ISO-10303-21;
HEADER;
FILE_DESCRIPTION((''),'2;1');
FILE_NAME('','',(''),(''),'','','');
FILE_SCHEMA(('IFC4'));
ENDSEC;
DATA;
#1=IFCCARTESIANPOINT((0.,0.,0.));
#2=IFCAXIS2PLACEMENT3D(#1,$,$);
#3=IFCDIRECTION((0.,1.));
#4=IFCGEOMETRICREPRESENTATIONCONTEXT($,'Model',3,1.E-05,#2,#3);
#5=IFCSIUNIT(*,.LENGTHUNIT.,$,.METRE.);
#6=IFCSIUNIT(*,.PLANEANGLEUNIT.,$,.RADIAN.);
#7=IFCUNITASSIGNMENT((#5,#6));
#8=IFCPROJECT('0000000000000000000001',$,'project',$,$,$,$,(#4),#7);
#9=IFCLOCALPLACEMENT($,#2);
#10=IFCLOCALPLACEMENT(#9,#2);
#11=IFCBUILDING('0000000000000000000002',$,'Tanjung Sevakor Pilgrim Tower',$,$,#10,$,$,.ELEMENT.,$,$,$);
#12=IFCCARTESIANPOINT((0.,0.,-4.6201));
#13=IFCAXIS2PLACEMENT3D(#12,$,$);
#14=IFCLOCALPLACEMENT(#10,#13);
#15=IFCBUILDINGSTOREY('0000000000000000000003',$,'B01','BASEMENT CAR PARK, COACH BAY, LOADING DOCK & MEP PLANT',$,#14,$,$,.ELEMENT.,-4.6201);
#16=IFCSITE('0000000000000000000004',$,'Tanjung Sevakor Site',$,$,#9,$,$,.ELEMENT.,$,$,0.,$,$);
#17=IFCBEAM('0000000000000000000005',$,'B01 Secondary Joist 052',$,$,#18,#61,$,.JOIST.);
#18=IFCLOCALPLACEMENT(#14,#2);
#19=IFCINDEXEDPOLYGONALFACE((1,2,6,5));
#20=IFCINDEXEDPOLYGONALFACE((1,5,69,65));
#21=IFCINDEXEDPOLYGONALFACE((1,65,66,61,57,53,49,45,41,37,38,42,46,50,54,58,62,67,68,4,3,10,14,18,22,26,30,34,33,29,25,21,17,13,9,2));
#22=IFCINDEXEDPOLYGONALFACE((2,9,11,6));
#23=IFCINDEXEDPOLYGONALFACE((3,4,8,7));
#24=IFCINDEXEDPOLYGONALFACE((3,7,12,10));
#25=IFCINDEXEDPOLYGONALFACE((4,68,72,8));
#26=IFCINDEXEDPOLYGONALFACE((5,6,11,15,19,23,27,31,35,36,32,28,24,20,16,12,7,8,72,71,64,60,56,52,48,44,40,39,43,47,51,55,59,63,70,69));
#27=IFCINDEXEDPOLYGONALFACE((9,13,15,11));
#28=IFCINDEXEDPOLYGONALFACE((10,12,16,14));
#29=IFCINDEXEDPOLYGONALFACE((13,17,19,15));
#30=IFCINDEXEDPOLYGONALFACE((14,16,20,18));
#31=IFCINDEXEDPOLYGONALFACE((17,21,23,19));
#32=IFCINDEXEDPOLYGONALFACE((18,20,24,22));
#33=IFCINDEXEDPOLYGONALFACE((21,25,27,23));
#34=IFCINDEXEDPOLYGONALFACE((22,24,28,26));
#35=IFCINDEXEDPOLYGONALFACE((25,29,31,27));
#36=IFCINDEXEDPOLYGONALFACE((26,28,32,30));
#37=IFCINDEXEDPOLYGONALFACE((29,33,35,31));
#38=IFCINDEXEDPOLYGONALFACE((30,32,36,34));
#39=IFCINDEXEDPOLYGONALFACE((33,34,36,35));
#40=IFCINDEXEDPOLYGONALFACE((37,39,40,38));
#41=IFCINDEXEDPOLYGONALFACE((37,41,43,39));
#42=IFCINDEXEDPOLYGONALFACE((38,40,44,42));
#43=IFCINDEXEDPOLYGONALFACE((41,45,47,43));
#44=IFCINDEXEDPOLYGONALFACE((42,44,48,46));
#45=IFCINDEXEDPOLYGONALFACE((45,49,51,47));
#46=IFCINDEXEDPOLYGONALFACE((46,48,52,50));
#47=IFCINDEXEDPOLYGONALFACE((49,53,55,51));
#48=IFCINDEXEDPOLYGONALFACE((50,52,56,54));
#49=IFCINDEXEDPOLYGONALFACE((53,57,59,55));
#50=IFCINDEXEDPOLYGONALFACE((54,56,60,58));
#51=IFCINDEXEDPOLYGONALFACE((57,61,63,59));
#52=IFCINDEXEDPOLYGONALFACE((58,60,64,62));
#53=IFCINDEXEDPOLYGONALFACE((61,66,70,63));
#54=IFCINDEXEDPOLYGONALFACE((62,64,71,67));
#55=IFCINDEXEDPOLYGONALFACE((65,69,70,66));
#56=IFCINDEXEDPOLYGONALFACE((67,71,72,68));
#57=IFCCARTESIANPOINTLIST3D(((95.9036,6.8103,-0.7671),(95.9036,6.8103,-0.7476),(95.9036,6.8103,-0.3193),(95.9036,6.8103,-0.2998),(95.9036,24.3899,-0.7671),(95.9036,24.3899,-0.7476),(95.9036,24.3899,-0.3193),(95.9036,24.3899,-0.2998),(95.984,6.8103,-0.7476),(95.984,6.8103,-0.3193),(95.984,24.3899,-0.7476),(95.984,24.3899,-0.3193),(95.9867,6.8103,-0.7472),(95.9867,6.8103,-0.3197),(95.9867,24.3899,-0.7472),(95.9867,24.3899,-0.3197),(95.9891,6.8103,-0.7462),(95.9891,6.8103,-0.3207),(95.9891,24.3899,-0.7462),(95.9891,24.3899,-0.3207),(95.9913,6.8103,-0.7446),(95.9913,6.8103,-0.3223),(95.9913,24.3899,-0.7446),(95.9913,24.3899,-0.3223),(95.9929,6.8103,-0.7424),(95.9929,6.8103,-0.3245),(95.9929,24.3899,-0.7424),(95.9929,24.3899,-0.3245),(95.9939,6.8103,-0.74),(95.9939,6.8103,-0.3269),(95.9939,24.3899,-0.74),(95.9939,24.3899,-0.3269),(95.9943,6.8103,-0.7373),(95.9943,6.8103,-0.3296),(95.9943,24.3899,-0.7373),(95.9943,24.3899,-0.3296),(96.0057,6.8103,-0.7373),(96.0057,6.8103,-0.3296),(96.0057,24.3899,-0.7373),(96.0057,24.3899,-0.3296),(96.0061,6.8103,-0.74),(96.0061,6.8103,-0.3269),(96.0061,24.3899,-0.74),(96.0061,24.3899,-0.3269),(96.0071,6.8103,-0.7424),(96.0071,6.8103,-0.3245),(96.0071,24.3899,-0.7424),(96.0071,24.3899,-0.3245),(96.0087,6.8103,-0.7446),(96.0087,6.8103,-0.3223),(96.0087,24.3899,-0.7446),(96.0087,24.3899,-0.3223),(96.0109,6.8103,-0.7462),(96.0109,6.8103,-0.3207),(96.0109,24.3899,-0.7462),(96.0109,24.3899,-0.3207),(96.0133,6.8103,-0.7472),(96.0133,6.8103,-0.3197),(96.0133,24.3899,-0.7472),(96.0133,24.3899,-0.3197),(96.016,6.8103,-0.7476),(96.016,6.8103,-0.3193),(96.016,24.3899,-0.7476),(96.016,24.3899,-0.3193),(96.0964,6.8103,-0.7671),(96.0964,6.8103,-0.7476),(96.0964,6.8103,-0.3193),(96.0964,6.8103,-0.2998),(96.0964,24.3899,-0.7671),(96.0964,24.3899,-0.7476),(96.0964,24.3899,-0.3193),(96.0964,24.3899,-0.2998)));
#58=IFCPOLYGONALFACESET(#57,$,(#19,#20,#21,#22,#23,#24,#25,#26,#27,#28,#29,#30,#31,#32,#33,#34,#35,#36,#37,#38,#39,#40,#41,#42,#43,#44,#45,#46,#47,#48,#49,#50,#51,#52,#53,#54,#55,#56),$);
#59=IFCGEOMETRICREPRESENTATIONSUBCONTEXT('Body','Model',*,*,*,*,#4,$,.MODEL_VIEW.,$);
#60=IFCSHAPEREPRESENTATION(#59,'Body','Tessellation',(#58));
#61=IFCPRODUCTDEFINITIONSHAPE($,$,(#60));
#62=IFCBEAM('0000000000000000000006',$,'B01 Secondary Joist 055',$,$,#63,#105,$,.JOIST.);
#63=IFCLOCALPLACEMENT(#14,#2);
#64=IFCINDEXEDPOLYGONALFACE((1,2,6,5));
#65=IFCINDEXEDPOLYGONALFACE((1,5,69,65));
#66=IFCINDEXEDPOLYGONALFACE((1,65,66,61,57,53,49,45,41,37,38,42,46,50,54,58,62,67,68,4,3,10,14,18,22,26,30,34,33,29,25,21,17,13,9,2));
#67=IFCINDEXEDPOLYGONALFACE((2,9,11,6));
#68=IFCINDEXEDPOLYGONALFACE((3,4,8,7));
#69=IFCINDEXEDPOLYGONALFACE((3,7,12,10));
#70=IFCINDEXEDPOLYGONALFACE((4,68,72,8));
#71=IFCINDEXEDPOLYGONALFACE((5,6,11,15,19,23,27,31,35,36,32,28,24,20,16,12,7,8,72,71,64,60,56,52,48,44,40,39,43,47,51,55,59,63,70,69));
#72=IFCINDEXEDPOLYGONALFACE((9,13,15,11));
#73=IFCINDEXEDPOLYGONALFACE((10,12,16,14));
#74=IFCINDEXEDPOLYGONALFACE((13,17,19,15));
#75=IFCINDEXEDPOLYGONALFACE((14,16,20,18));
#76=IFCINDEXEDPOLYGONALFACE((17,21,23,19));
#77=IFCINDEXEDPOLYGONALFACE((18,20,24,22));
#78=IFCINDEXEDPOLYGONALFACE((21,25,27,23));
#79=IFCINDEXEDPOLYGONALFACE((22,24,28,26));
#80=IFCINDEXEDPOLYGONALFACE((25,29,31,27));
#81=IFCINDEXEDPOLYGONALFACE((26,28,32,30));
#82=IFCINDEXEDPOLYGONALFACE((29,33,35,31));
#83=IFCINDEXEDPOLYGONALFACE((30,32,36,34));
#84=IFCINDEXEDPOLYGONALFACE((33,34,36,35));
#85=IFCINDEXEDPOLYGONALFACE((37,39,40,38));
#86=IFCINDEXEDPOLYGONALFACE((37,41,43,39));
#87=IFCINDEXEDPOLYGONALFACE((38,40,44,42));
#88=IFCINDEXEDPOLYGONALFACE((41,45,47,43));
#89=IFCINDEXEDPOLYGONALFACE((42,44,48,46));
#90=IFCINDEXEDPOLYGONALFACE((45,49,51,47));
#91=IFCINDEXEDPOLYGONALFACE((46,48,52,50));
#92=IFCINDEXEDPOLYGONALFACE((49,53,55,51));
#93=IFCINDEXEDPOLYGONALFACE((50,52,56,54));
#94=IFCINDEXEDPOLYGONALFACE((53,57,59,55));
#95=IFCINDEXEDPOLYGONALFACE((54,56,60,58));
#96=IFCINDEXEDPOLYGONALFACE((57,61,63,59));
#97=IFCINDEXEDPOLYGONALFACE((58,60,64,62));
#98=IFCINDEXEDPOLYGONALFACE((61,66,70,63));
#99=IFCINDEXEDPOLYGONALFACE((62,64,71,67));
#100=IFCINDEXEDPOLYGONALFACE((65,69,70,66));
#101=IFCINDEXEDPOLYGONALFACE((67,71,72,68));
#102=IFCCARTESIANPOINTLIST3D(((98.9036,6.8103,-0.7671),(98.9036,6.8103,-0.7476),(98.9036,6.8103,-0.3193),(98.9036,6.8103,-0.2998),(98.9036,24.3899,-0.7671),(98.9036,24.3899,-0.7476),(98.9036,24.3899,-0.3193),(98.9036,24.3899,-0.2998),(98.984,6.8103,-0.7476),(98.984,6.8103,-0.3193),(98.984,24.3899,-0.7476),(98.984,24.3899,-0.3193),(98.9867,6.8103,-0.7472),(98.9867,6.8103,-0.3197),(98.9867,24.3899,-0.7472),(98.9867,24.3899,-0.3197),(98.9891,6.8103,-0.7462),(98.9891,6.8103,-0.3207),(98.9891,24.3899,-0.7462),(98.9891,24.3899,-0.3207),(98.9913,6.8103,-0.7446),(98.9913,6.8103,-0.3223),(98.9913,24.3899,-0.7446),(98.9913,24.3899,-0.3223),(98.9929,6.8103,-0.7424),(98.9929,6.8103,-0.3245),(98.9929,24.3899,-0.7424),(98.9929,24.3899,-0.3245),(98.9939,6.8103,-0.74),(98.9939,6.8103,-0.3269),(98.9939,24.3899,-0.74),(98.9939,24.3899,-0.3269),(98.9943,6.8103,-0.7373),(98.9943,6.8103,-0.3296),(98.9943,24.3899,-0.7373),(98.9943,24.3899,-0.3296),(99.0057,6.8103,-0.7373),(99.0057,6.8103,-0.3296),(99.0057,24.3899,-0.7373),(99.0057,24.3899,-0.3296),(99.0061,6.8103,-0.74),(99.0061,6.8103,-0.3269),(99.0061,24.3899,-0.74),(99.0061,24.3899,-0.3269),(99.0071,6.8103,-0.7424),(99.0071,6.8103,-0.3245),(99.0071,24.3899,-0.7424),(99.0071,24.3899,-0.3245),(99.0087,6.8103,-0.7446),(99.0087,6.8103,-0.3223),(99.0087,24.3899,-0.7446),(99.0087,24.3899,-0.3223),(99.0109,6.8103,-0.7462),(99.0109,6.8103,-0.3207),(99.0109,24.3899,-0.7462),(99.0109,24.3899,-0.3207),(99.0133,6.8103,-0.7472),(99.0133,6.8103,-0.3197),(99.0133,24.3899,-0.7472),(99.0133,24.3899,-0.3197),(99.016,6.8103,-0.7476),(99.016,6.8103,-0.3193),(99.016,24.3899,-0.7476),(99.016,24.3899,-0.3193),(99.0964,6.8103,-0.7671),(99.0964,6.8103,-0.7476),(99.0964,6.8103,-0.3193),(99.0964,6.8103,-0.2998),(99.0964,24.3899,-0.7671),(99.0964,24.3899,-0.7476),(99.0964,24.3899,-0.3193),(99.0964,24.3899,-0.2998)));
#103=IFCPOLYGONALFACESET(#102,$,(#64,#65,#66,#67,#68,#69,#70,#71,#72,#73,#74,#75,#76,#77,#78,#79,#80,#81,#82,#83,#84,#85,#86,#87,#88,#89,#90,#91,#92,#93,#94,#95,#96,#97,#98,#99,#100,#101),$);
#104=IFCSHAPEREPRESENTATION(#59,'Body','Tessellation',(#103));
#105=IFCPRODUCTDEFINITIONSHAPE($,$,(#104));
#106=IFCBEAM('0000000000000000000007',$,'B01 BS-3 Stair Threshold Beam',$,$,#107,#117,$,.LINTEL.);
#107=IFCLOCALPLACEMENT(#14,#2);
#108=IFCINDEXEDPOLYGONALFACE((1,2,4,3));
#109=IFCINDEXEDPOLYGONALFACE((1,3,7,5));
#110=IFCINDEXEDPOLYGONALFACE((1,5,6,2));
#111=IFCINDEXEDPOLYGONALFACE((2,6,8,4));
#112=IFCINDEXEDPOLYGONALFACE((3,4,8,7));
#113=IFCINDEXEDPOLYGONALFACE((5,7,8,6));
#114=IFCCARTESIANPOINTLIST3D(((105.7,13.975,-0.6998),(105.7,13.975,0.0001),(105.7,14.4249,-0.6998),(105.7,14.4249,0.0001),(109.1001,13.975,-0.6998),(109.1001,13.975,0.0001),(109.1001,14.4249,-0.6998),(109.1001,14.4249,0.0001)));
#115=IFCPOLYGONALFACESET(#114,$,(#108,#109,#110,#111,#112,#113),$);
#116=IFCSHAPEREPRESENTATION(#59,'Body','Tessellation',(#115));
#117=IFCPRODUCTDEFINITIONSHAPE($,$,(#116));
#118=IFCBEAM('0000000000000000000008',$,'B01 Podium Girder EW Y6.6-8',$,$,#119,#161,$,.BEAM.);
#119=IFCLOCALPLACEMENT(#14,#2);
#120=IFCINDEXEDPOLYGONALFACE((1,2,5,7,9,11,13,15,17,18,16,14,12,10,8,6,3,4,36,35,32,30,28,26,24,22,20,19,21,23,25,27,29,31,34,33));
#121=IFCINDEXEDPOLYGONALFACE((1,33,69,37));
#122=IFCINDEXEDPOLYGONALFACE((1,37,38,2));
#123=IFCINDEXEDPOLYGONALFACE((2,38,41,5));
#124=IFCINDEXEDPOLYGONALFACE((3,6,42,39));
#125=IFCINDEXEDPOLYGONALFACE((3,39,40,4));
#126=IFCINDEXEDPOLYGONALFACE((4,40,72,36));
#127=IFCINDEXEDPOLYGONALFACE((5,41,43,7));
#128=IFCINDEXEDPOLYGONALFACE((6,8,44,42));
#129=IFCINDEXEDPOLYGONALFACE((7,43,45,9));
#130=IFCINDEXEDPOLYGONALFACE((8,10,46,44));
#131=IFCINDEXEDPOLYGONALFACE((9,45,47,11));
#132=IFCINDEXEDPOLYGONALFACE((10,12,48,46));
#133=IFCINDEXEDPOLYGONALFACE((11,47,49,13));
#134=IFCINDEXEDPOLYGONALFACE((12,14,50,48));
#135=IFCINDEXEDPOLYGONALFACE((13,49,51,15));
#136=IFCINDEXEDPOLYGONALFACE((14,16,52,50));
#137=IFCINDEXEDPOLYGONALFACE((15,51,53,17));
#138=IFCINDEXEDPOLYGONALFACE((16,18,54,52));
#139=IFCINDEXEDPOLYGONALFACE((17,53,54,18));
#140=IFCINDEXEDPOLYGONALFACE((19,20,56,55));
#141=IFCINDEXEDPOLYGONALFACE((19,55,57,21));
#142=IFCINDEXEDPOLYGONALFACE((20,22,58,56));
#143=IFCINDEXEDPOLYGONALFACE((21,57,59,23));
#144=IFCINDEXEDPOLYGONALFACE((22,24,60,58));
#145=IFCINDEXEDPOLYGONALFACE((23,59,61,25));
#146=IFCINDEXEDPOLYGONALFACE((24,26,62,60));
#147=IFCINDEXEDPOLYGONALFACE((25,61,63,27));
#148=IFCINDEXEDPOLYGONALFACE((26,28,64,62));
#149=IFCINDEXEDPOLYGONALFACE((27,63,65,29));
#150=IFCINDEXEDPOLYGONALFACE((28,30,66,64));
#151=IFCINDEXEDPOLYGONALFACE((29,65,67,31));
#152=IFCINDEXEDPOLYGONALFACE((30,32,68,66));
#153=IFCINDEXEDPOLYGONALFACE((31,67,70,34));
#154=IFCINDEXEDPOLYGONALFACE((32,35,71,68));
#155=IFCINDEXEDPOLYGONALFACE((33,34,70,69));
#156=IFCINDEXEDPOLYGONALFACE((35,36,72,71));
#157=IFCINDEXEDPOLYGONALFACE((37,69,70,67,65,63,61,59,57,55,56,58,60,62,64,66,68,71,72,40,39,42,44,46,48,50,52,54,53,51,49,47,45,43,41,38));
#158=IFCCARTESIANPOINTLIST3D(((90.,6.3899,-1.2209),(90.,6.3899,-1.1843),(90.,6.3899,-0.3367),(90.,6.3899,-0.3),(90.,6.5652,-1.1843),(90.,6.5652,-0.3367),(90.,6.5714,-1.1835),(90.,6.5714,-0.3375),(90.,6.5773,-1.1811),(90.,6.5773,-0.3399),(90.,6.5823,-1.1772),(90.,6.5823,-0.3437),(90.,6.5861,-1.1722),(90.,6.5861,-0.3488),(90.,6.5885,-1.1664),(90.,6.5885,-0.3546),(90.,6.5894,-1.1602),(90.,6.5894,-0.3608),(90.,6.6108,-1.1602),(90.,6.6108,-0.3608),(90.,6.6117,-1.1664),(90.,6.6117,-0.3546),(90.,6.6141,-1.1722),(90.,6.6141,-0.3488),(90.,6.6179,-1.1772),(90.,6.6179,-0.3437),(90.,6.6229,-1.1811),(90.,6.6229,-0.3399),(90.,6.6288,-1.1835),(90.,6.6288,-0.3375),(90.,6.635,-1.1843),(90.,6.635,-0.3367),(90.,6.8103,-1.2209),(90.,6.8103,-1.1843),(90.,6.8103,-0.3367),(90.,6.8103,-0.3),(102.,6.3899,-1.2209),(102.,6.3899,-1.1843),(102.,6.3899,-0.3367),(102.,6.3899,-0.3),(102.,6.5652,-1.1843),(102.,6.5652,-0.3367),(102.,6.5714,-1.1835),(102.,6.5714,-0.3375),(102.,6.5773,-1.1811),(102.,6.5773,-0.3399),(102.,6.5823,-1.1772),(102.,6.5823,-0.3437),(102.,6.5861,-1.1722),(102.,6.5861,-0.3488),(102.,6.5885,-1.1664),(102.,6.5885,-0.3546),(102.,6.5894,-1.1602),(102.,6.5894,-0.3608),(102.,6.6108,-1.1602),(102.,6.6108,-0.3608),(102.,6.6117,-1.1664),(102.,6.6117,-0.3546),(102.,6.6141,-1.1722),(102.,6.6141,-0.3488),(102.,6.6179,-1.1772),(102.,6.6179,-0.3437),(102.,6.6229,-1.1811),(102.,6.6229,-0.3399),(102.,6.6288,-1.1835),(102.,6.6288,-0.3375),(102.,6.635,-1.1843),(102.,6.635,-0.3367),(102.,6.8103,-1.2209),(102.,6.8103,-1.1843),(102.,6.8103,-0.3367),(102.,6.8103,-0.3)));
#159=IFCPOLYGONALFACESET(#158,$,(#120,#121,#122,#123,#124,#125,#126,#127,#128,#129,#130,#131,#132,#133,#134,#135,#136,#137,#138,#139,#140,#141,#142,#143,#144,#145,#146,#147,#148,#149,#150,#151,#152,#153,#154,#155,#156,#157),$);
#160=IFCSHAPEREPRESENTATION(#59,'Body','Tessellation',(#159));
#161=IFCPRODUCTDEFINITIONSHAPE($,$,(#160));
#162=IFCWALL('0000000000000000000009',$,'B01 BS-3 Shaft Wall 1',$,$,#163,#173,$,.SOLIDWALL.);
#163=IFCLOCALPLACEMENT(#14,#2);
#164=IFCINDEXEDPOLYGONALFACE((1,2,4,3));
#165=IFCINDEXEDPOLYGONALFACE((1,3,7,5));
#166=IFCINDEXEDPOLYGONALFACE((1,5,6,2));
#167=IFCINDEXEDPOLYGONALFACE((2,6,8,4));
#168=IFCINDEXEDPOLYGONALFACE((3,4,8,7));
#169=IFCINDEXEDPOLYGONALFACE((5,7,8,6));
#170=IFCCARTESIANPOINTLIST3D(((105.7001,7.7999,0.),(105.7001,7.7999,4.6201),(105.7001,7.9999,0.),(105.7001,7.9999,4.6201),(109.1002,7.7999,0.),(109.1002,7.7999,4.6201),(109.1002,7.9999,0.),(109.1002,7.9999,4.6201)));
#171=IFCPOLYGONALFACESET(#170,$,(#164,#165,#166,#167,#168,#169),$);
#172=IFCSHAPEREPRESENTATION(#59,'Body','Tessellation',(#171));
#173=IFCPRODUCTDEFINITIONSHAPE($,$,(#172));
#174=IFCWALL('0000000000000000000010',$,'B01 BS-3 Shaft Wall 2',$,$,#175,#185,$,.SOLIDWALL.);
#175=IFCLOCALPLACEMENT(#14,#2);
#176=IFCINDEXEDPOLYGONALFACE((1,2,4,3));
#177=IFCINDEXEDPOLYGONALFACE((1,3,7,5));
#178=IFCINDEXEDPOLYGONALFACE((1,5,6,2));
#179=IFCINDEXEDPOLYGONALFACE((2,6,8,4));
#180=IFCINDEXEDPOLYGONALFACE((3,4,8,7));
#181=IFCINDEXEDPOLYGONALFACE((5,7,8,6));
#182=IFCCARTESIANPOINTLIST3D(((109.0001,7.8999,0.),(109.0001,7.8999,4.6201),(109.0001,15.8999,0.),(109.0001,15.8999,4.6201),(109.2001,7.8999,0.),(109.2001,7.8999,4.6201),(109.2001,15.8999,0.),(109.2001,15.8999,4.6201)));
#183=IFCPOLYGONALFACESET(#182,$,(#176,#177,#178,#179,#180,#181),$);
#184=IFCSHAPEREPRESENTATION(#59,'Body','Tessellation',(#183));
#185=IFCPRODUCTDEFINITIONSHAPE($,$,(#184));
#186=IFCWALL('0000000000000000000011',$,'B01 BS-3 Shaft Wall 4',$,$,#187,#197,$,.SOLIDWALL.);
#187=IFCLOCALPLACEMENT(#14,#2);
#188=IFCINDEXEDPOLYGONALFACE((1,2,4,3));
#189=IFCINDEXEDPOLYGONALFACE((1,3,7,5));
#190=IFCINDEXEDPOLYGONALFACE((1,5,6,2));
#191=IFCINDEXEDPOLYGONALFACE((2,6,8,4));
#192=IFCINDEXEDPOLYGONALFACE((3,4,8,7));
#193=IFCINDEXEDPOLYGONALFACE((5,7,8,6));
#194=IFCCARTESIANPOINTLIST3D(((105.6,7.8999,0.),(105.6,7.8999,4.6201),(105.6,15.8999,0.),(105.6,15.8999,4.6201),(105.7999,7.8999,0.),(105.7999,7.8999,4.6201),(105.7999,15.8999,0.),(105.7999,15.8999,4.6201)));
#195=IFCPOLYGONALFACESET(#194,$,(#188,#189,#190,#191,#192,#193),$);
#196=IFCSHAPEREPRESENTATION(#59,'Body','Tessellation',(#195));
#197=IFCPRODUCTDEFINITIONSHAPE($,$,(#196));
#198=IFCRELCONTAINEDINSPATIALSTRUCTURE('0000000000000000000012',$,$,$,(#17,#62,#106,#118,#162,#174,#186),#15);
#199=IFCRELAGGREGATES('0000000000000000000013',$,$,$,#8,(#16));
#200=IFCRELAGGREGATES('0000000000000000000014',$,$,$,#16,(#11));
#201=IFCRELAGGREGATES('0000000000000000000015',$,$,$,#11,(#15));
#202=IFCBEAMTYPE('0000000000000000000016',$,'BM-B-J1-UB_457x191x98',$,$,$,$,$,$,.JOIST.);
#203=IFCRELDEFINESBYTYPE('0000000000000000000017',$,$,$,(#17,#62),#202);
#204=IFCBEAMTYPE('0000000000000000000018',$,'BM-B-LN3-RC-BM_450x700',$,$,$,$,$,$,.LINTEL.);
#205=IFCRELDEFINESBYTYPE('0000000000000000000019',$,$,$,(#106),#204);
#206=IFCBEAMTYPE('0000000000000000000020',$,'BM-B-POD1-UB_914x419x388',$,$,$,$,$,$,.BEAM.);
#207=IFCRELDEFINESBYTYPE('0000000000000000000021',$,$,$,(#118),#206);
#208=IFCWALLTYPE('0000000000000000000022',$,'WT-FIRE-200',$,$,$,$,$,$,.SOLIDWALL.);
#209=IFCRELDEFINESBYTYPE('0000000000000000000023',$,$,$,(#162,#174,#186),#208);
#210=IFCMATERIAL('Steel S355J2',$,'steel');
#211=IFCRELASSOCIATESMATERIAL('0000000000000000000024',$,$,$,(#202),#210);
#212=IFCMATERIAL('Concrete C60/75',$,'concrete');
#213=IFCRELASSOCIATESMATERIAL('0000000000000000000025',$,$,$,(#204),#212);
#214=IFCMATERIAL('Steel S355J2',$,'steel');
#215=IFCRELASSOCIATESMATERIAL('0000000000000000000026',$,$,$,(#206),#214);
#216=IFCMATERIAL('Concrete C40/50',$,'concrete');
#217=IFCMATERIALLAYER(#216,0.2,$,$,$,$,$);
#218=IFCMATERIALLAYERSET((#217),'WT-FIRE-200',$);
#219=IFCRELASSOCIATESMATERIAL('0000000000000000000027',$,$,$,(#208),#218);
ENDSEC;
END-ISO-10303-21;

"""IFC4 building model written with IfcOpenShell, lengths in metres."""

from ifc_helpers import new_model, si_unit, direction, frame, frame_2d, origin, origin_2d, place, context, subcontext, project, spatial, rectangle, i_section, extrude, material, layer, layer_set, material_profile, profile_set, type_object, element, save


model = new_model("IFC4")

# Units and contexts
model_context = context("Model", 3, precision=1e-05, world=origin(), true_north=direction((0.0, 1.0)))
body_context = subcontext(model_context, "Body", "Model", "MODEL_VIEW")
ifc_project = project(units=[si_unit("LENGTHUNIT", "METRE"), si_unit("PLANEANGLEUNIT", "RADIAN")], contexts=[model_context])

# Site, building, storey
site_placement = place(None, origin())
site = spatial("IfcSite", under=ifc_project, at=site_placement, Name="Tanjung Sevakor Site", CompositionType="ELEMENT", RefElevation=0.0)
building_placement = place(site_placement, origin())
building = spatial("IfcBuilding", under=site, at=building_placement, Name="Tanjung Sevakor Pilgrim Tower", CompositionType="ELEMENT")
storey_placement = place(building_placement, frame((0.0, 0.0, -4.6201)))
storey = spatial("IfcBuildingStorey", under=building, at=storey_placement, Name="B01", Description="BASEMENT CAR PARK, COACH BAY, LOADING DOCK & MEP PLANT", CompositionType="ELEMENT", Elevation=-4.6201)

# Beams
ifc_material_1 = material(Name="Steel S355J2", Category="steel")
ifc_material_profile_1 = material_profile(ifc_material_1, i_section(OverallWidth=0.1929, OverallDepth=0.4673, WebThickness=0.0115, FlangeThickness=0.0195, FilletRadius=0.0103, at=origin_2d()))
ifc_profile_set_1 = profile_set([ifc_material_profile_1], Name="Steel S355J2")
beam_type_1 = type_object("IfcBeamType", Name="BM-B-J1-UB_457x191x98", PredefinedType="JOIST", material=ifc_profile_set_1)
for number, where, z_axis, x_axis, name in (
    (1, (96.0, 6.8103, -0.5334), (0.0, 1.0, 0.0), (-1.0, 0.0, 0.0), "B01 Secondary Joist 052"),
    (2, (99.0, 6.8103, -0.5334), (0.0, 1.0, 0.0), (-1.0, 0.0, 0.0), "B01 Secondary Joist 055"),
):
    element("IfcBeam", number, at=place(storey_placement, frame(where, z_axis=z_axis, x_axis=x_axis)), inside=storey, type_object=beam_type_1, Name=name, PredefinedType="JOIST", context=body_context, shape_type="SweptSolid", body=[
        extrude(i_section(OverallWidth=0.1929, OverallDepth=0.4673, WebThickness=0.0115, FlangeThickness=0.0195, FilletRadius=0.0103, at=origin_2d()), origin(), (0.0, 0.0, 1.0), 17.5796),
    ])
ifc_material_2 = material(Name="Concrete C60/75", Category="concrete")
ifc_material_profile_2 = material_profile(ifc_material_2, rectangle(XDim=0.45, YDim=0.7, at=origin_2d()))
ifc_profile_set_2 = profile_set([ifc_material_profile_2], Name="Concrete C60/75")
beam_type_2 = type_object("IfcBeamType", Name="BM-B-LN3-RC-BM_450x700", PredefinedType="LINTEL", material=ifc_profile_set_2)
beam_1_placement = place(storey_placement, frame((105.7, 14.2, -0.3499), z_axis=(1.0, 0.0, 0.0), x_axis=(0.0, 1.0, 0.0)))
element("IfcBeam", 3, at=beam_1_placement, inside=storey, type_object=beam_type_2, Name="B01 BS-3 Stair Threshold Beam", PredefinedType="LINTEL", context=body_context, shape_type="SweptSolid", body=[
    extrude(rectangle(XDim=0.45, YDim=0.7, at=origin_2d()), origin(), (0.0, 0.0, 1.0), 3.4001),
])
ifc_material_3 = material(Name="Steel S355J2", Category="steel")
ifc_material_profile_3 = material_profile(ifc_material_3, i_section(OverallWidth=0.4204, OverallDepth=0.9209, WebThickness=0.0215, FlangeThickness=0.0366, FilletRadius=0.0242, at=origin_2d()))
ifc_profile_set_3 = profile_set([ifc_material_profile_3], Name="Steel S355J2")
beam_type_3 = type_object("IfcBeamType", Name="BM-B-POD1-UB_914x419x388", PredefinedType="BEAM", material=ifc_profile_set_3)
beam_2_placement = place(storey_placement, frame((90.0, 6.6001, -0.7605), z_axis=(1.0, 0.0, 0.0), x_axis=(0.0, 1.0, 0.0)))
element("IfcBeam", 4, at=beam_2_placement, inside=storey, type_object=beam_type_3, Name="B01 Podium Girder EW Y6.6-8", PredefinedType="BEAM", context=body_context, shape_type="SweptSolid", body=[
    extrude(i_section(OverallWidth=0.4204, OverallDepth=0.9209, WebThickness=0.0215, FlangeThickness=0.0366, FilletRadius=0.0242, at=origin_2d()), origin(), (0.0, 0.0, 1.0), 12.0),
])

# Walls
ifc_material_4 = material(Name="Concrete C40/50", Category="concrete")
ifc_layer_1 = layer(ifc_material_4, 0.2)
ifc_layer_set_1 = layer_set([ifc_layer_1], Name="WT-FIRE-200")
wall_type_1 = type_object("IfcWallType", Name="WT-FIRE-200", PredefinedType="SOLIDWALL", material=ifc_layer_set_1)
wall_1_placement = place(storey_placement, frame((105.7, 7.8999, 0.0), z_axis=(0.0, 0.0, 1.0), x_axis=(1.0, 0.0, 0.0)))
element("IfcWall", 5, at=wall_1_placement, inside=storey, type_object=wall_type_1, Name="B01 BS-3 Shaft Wall 1", PredefinedType="SOLIDWALL", context=body_context, shape_type="SweptSolid", body=[
    extrude(rectangle(XDim=3.4001, YDim=0.2, at=frame_2d((1.7002, 0.0))), origin(), (0.0, 0.0, 1.0), 4.6201),
])
for number, where, z_axis, x_axis, name in (
    (6, (109.1001, 7.8999, 0.0), (0.0, 0.0, 1.0), (0.0, 1.0, 0.0), "B01 BS-3 Shaft Wall 2"),
    (7, (105.7, 15.8999, 0.0), (0.0, 0.0, 1.0), (0.0, -1.0, 0.0), "B01 BS-3 Shaft Wall 4"),
):
    element("IfcWall", number, at=place(storey_placement, frame(where, z_axis=z_axis, x_axis=x_axis)), inside=storey, type_object=wall_type_1, Name=name, PredefinedType="SOLIDWALL", context=body_context, shape_type="SweptSolid", body=[
        extrude(rectangle(XDim=8.0, YDim=0.2, at=frame_2d((4.0, 0.0))), origin(), (0.0, 0.0, 1.0), 4.6201),
    ])

save(model, "model.ifc")
